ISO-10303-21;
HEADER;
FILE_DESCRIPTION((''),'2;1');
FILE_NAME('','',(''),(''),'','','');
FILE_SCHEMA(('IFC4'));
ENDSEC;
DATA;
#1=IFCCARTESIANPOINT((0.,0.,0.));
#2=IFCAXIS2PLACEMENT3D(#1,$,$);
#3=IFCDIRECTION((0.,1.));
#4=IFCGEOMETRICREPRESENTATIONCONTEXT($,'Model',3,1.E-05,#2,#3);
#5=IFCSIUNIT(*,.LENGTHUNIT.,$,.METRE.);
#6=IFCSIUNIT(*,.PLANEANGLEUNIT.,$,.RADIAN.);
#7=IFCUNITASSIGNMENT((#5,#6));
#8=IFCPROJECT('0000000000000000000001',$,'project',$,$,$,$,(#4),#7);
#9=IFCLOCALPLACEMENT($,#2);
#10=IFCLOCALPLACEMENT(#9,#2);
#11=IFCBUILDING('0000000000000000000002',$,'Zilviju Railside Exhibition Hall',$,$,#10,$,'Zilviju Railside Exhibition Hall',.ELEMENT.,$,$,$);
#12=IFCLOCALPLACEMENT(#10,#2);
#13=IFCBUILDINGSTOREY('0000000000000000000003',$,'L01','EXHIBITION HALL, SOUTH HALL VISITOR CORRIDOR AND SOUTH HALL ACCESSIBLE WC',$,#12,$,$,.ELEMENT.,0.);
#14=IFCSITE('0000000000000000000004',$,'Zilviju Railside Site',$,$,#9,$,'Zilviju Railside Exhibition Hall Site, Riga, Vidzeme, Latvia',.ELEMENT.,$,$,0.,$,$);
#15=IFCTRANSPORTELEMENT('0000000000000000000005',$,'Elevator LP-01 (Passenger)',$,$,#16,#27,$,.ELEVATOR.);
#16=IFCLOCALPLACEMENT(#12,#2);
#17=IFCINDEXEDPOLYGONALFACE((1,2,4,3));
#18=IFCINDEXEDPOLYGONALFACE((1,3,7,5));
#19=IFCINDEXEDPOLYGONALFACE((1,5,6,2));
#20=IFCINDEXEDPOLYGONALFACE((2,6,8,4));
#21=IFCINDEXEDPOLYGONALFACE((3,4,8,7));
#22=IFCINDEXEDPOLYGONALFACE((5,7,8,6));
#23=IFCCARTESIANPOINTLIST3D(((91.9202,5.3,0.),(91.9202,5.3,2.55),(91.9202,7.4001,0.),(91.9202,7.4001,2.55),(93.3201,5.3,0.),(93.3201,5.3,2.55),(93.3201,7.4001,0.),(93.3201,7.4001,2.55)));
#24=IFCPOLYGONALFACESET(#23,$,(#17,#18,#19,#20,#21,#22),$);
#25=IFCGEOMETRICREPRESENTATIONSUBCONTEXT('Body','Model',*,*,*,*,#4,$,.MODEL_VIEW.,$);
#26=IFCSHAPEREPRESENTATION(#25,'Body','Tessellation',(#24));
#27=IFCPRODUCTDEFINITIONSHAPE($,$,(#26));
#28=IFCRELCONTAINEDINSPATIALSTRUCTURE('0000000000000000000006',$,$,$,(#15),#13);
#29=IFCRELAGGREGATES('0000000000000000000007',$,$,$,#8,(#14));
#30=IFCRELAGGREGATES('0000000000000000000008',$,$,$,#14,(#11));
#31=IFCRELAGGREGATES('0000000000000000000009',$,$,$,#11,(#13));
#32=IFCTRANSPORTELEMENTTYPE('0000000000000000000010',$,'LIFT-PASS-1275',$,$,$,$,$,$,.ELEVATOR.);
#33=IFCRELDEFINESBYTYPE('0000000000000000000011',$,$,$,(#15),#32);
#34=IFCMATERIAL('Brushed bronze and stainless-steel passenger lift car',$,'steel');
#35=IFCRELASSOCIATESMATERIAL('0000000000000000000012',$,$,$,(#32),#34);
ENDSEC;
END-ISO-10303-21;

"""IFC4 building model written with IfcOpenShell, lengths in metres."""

from ifc_helpers import new_model, si_unit, direction, frame, origin, origin_2d, place, context, subcontext, project, spatial, rectangle, extrude, material, type_object, element, save


model = new_model("IFC4")

# Units and contexts
model_context = context("Model", 3, precision=1e-05, world=origin(), true_north=direction((0.0, 1.0)))
body_context = subcontext(model_context, "Body", "Model", "MODEL_VIEW")
ifc_project = project(units=[si_unit("LENGTHUNIT", "METRE"), si_unit("PLANEANGLEUNIT", "RADIAN")], contexts=[model_context])

# Site, building, storey
site_placement = place(None, origin())
site = spatial("IfcSite", under=ifc_project, at=site_placement, Name="Zilviju Railside Site", LongName="Zilviju Railside Exhibition Hall Site, Riga, Vidzeme, Latvia", CompositionType="ELEMENT", RefElevation=0.0)
building_placement = place(site_placement, origin())
building = spatial("IfcBuilding", under=site, at=building_placement, Name="Zilviju Railside Exhibition Hall", LongName="Zilviju Railside Exhibition Hall", CompositionType="ELEMENT")
storey_placement = place(building_placement, origin())
storey = spatial("IfcBuildingStorey", under=building, at=storey_placement, Name="L01", Description="EXHIBITION HALL, SOUTH HALL VISITOR CORRIDOR AND SOUTH HALL ACCESSIBLE WC", CompositionType="ELEMENT", Elevation=0.0)

# Transport element
ifc_material_1 = material(Name="Brushed bronze and stainless-steel passenger lift car", Category="steel")
transport_element_type = type_object("IfcTransportElementType", Name="LIFT-PASS-1275", PredefinedType="ELEVATOR", material=ifc_material_1)
transport_element_placement = place(storey_placement, frame((92.6201, 6.3501, 0.0), z_axis=(0.0, 0.0, 1.0), x_axis=(1.0, 0.0, 0.0)))
element("IfcTransportElement", 1, at=transport_element_placement, inside=storey, type_object=transport_element_type, Name="Elevator LP-01 (Passenger)", PredefinedType="ELEVATOR", context=body_context, shape_type="SweptSolid", body=[
    extrude(rectangle(XDim=1.3999, YDim=2.1001, at=origin_2d()), origin(), (0.0, 0.0, 1.0), 2.55),
])

save(model, "model.ifc")
